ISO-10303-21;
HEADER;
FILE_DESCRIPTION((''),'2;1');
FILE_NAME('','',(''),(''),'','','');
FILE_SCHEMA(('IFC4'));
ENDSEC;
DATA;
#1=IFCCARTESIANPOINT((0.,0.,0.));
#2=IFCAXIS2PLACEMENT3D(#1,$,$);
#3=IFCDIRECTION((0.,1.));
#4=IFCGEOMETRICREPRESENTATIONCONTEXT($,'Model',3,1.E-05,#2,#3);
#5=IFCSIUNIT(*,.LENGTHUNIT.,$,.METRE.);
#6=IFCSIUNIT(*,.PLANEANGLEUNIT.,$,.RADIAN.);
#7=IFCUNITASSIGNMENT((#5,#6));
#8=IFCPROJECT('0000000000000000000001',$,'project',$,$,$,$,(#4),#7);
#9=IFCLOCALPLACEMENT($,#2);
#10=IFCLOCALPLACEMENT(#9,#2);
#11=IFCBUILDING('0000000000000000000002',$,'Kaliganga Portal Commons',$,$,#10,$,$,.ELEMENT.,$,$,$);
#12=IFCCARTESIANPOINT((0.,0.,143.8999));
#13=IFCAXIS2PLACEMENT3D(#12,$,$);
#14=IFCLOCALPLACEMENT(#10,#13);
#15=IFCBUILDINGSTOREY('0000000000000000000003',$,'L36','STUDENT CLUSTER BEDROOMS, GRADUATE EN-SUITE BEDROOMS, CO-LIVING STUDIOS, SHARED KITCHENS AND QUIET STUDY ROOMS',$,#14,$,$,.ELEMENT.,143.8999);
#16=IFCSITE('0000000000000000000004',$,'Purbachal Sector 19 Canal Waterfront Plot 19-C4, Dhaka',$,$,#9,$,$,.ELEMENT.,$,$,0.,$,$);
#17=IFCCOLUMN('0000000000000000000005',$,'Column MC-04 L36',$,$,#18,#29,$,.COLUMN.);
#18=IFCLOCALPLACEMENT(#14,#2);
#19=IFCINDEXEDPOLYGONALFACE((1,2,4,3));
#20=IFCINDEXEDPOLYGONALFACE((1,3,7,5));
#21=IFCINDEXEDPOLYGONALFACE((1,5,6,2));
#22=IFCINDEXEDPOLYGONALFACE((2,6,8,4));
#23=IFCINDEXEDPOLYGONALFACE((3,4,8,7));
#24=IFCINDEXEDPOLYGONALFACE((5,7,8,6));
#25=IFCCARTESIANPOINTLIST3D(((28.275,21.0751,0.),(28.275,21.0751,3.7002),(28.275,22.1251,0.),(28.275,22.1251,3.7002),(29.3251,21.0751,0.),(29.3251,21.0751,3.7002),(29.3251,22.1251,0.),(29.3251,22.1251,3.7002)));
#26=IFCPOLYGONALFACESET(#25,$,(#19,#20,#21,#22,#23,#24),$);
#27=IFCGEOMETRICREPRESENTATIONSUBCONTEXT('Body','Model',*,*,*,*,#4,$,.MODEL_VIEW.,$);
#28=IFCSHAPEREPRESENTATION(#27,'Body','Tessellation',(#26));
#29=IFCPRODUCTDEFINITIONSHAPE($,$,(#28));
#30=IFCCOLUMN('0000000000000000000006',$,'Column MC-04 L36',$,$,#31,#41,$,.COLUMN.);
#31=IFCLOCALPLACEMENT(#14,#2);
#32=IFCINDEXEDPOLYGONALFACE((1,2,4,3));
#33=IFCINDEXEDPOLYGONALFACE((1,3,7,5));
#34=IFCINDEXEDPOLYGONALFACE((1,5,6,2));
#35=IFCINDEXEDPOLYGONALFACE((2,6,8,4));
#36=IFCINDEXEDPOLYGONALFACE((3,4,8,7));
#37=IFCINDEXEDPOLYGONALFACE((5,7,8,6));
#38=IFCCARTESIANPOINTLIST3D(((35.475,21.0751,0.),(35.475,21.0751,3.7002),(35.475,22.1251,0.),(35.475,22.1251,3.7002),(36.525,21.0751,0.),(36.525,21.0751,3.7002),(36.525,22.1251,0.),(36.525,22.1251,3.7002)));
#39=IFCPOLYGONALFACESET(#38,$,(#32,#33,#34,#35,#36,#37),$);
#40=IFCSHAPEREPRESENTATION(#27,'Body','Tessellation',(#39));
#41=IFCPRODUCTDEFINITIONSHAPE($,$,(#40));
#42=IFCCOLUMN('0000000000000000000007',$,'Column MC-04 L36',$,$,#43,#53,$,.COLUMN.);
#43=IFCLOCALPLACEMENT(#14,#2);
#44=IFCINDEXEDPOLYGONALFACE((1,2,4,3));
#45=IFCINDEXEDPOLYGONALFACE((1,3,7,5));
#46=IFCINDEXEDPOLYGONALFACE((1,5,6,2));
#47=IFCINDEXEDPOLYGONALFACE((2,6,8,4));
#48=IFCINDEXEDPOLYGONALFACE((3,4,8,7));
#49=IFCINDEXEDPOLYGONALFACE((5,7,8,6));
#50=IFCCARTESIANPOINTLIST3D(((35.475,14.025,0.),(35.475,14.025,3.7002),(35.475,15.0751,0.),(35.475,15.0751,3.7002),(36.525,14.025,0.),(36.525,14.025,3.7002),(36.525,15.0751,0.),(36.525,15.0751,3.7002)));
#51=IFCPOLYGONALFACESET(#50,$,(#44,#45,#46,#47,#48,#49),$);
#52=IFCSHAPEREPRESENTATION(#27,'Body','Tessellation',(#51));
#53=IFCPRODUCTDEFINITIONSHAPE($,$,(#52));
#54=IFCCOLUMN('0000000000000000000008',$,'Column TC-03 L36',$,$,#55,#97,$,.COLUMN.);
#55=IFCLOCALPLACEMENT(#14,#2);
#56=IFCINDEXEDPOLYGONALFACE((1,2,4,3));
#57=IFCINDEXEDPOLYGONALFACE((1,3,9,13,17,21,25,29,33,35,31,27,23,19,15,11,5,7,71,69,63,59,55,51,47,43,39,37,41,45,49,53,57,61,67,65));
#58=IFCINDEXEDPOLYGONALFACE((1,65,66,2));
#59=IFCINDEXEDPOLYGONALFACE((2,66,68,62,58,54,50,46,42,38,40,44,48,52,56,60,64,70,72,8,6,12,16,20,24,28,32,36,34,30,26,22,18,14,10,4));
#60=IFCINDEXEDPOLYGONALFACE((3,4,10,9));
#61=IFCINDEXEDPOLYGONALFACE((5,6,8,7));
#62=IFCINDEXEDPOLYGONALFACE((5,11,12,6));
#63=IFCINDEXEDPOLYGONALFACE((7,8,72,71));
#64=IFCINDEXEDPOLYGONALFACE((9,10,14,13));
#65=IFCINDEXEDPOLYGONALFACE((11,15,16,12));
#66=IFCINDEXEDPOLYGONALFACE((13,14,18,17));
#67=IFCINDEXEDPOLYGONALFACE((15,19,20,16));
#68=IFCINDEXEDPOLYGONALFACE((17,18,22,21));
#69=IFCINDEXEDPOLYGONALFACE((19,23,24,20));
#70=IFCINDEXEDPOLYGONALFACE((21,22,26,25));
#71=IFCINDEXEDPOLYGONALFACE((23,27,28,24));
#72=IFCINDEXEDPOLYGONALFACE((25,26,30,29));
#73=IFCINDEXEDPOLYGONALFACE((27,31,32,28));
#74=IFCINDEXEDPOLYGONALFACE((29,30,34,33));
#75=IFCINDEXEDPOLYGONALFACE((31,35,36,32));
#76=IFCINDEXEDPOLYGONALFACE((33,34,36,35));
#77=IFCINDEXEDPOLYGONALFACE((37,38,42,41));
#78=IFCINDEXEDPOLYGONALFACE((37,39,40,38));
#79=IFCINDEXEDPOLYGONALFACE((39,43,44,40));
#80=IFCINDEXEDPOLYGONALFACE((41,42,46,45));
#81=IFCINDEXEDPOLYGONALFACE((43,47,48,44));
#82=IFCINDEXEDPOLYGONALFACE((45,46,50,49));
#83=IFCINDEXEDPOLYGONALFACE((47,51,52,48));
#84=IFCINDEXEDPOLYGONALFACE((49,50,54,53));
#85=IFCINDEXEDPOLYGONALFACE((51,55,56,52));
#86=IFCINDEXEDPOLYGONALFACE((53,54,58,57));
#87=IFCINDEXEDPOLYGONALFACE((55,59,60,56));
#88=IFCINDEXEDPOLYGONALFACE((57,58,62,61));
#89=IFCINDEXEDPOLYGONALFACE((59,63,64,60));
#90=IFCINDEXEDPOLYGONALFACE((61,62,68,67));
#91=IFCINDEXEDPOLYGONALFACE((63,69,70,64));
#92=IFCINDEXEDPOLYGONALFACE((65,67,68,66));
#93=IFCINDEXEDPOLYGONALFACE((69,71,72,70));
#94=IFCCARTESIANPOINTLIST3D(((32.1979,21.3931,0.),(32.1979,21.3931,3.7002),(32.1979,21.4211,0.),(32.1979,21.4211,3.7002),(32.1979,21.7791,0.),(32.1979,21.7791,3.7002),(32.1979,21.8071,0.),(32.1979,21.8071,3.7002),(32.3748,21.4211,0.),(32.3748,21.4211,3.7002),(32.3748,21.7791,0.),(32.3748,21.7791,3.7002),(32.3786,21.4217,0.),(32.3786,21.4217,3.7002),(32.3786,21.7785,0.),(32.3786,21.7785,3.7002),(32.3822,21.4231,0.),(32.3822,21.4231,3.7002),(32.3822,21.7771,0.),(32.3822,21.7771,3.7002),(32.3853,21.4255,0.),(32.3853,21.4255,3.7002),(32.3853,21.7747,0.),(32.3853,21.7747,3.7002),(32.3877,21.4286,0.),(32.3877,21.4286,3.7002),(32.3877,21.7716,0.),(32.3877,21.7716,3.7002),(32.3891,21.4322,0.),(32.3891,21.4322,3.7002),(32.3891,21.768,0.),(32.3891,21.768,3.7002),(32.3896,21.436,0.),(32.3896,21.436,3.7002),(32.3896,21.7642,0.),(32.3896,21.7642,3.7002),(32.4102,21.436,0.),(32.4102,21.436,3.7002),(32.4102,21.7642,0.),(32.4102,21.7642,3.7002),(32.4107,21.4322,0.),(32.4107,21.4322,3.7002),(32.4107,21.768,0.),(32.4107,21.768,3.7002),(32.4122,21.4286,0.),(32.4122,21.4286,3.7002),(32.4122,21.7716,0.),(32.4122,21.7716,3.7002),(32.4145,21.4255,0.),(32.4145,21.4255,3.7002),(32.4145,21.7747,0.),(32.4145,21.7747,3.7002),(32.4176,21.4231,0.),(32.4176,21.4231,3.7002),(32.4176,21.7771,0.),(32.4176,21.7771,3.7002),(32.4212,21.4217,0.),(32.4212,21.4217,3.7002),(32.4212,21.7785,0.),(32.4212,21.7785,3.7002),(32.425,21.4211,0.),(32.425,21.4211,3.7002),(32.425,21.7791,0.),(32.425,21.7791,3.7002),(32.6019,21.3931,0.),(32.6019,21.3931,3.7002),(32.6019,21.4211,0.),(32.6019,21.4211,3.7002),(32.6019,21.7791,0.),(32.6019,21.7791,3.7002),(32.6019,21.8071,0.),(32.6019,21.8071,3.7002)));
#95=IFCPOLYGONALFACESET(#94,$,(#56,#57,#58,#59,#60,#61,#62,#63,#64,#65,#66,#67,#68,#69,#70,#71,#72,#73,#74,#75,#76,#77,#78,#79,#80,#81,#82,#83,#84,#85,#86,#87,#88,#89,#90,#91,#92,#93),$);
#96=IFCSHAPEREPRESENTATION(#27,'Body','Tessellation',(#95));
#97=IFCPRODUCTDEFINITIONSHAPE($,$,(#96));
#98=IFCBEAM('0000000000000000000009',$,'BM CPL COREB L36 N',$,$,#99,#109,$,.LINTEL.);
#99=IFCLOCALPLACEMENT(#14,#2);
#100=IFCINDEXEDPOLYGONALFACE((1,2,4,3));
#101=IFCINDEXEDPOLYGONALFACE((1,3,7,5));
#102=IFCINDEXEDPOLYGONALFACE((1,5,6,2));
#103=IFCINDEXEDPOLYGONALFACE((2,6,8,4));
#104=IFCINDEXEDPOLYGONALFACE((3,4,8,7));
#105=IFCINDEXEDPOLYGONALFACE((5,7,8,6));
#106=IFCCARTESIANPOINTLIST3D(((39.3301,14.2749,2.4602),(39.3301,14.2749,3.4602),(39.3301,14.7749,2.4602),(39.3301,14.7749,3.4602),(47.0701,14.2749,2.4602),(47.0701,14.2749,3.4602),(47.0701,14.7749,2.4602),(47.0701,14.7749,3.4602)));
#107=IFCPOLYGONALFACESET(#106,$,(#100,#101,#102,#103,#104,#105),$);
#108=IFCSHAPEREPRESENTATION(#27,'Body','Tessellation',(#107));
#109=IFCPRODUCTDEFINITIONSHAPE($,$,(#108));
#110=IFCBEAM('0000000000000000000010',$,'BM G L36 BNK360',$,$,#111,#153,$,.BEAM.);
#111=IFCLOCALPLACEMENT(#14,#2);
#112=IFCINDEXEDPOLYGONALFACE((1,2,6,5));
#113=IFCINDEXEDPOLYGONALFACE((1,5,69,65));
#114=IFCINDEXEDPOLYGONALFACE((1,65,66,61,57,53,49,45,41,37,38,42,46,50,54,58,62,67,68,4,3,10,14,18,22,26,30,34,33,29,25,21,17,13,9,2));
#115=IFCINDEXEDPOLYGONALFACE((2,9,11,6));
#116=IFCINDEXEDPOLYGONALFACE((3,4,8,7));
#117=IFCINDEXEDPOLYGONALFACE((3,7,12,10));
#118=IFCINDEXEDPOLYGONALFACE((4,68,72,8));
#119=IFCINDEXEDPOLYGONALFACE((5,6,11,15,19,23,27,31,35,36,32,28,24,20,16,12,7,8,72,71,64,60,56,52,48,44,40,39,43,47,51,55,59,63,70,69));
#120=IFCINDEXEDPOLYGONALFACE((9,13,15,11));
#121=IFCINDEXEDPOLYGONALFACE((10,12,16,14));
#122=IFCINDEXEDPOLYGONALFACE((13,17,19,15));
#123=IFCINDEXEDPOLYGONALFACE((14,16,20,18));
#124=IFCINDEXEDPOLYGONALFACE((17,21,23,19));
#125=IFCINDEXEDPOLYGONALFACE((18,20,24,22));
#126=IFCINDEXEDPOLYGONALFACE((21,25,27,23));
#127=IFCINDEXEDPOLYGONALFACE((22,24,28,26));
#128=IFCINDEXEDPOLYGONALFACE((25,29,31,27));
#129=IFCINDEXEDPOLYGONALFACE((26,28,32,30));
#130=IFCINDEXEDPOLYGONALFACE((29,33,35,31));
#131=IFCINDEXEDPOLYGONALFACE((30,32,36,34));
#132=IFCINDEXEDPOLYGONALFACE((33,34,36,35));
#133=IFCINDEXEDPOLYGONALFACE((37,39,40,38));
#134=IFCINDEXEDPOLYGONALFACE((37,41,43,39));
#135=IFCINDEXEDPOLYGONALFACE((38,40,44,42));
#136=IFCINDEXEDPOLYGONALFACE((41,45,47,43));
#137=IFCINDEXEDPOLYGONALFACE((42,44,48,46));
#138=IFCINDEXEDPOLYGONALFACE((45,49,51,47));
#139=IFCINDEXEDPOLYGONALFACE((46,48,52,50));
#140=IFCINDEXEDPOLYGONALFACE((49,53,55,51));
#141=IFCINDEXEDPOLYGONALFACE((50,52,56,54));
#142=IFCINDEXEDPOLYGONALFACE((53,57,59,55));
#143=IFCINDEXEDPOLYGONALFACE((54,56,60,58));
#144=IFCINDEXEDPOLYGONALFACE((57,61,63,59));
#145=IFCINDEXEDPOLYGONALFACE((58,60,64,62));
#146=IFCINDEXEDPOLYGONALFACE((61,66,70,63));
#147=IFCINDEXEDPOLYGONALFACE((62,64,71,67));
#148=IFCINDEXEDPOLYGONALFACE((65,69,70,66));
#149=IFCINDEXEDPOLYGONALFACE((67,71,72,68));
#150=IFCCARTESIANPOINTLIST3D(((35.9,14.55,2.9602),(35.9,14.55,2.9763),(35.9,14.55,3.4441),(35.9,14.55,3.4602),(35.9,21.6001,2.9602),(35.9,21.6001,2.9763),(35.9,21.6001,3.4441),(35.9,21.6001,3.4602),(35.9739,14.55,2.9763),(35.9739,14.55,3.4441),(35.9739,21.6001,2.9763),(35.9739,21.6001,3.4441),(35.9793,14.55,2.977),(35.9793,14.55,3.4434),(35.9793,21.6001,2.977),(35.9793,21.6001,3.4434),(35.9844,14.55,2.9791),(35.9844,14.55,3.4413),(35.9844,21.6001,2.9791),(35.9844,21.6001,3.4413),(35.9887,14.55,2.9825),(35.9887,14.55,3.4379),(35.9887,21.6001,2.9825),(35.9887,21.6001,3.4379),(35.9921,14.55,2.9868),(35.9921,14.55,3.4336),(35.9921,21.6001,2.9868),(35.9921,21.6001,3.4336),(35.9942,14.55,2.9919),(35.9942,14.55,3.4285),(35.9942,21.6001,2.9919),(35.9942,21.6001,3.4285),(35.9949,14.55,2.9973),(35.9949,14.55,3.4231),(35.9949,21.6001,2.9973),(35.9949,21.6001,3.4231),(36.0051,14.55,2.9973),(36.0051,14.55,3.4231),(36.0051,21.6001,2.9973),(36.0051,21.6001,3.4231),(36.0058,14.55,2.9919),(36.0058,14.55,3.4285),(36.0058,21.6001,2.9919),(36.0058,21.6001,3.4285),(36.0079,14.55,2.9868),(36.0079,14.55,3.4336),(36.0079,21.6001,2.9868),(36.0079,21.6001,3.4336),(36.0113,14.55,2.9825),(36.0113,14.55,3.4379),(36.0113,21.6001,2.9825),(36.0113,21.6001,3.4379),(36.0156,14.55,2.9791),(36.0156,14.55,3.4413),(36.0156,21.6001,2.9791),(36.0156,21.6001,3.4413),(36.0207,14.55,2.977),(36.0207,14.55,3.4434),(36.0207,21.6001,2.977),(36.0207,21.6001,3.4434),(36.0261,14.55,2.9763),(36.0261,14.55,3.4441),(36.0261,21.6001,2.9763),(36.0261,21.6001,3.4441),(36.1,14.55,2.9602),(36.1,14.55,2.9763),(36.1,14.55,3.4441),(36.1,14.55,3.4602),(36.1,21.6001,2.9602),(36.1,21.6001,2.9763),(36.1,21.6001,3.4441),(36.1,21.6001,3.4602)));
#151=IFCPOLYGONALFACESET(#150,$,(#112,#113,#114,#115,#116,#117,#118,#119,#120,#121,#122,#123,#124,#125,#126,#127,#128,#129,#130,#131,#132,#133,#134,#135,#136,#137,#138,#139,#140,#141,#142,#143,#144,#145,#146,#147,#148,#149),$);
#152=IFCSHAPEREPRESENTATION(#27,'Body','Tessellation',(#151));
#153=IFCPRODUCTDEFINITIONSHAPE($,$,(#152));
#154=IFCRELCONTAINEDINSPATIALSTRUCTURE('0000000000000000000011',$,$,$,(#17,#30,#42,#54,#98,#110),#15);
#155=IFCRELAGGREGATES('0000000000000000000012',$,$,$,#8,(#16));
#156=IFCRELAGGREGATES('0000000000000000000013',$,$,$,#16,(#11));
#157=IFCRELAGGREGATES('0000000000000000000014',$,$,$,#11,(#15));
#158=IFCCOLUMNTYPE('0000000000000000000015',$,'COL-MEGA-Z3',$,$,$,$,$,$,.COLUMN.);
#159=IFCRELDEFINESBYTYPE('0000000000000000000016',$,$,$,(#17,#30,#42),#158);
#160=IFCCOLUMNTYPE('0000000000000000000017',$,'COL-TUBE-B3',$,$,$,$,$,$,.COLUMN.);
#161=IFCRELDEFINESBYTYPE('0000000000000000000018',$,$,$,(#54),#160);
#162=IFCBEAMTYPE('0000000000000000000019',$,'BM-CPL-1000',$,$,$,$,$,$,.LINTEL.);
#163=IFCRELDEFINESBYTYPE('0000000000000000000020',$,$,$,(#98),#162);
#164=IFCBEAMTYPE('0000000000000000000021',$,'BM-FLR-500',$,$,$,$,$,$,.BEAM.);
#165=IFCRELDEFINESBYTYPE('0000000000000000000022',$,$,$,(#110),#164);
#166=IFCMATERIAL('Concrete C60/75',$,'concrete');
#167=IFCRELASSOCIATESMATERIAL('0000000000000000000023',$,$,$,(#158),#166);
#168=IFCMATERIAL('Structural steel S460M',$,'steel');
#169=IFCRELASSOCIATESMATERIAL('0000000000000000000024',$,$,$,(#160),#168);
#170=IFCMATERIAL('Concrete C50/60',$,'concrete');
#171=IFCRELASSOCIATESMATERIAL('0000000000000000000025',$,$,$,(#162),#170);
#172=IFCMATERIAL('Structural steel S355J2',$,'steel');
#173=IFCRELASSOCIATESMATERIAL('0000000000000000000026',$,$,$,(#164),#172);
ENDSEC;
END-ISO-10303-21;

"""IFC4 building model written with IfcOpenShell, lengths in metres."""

from ifc_helpers import new_model, si_unit, direction, frame, origin, origin_2d, place, context, subcontext, project, spatial, rectangle, i_section, extrude, source, transform, mapped, material, material_profile, profile_set, type_object, element, save


model = new_model("IFC4")

# Units and contexts
model_context = context("Model", 3, precision=1e-05, world=origin(), true_north=direction((0.0, 1.0)))
body_context = subcontext(model_context, "Body", "Model", "MODEL_VIEW")
ifc_project = project(units=[si_unit("LENGTHUNIT", "METRE"), si_unit("PLANEANGLEUNIT", "RADIAN")], contexts=[model_context])

# Site, building, storey
site_placement = place(None, origin())
site = spatial("IfcSite", under=ifc_project, at=site_placement, Name="Purbachal Sector 19 Canal Waterfront Plot 19-C4, Dhaka", CompositionType="ELEMENT", RefElevation=0.0)
building_placement = place(site_placement, origin())
building = spatial("IfcBuilding", under=site, at=building_placement, Name="Kaliganga Portal Commons", CompositionType="ELEMENT")
storey_placement = place(building_placement, frame((0.0, 0.0, 143.8999)))
storey = spatial("IfcBuildingStorey", under=building, at=storey_placement, Name="L36", Description="STUDENT CLUSTER BEDROOMS, GRADUATE EN-SUITE BEDROOMS, CO-LIVING STUDIOS, SHARED KITCHENS AND QUIET STUDY ROOMS", CompositionType="ELEMENT", Elevation=143.8999)

# Columns
ifc_material_1 = material(Name="Concrete C60/75", Category="concrete")
ifc_material_profile_1 = material_profile(ifc_material_1, rectangle(XDim=1.05, YDim=1.05, at=origin_2d()), Name="RC 1050x1050")
ifc_profile_set_1 = profile_set([ifc_material_profile_1], Name="Concrete C60/75")
column_type_1 = type_object("IfcColumnType", Name="COL-MEGA-Z3", PredefinedType="COLUMN", material=ifc_profile_set_1)
shared_shape_1 = source(origin(), body_context, "Body", "SweptSolid", [
    extrude(rectangle(XDim=1.05, YDim=1.05, at=origin_2d()), origin(), (0.0, 0.0, 1.0), 3.7002),
])
for number, where, z_axis, x_axis, name in (
    (1, (28.8, 21.6001, 0.0), (0.0, 0.0, 1.0), (1.0, 0.0, 0.0), "Column MC-04 L36"),
    (2, (36.0, 21.6001, 0.0), (0.0, 0.0, 1.0), (1.0, 0.0, 0.0), "Column MC-04 L36"),
    (3, (36.0, 14.55, 0.0), (0.0, 0.0, 1.0), (1.0, 0.0, 0.0), "Column MC-04 L36"),
):
    element("IfcColumn", number, at=place(storey_placement, frame(where, z_axis=z_axis, x_axis=x_axis)), inside=storey, type_object=column_type_1, Name=name, PredefinedType="COLUMN", context=body_context, shape_type="MappedRepresentation", body=[
        mapped(shared_shape_1, transform((0.0, 0.0, 0.0), x_axis=(1.0, 0.0, 0.0), y_axis=(0.0, 1.0, 0.0), z_axis=(0.0, 0.0, 1.0), scale=1.0)),
    ])
ifc_material_2 = material(Name="Structural steel S460M", Category="steel")
ifc_material_profile_2 = material_profile(ifc_material_2, i_section(OverallWidth=0.4041, OverallDepth=0.4141, WebThickness=0.0205, FlangeThickness=0.0281, FilletRadius=0.0149, at=origin_2d()), Name="HD 400x347")
ifc_profile_set_2 = profile_set([ifc_material_profile_2], Name="Structural steel S460M wide-flange")
column_type_2 = type_object("IfcColumnType", Name="COL-TUBE-B3", PredefinedType="COLUMN", material=ifc_profile_set_2)
shared_shape_2 = source(origin(), body_context, "Body", "SweptSolid", [
    extrude(i_section(OverallWidth=0.4041, OverallDepth=0.4141, WebThickness=0.0205, FlangeThickness=0.0281, FilletRadius=0.0149, at=origin_2d()), origin(), (0.0, 0.0, 1.0), 3.7002),
])
column_placement = place(storey_placement, frame((32.3999, 21.6001, 0.0), z_axis=(0.0, 0.0, 1.0), x_axis=(1.0, 0.0, 0.0)))
element("IfcColumn", 4, at=column_placement, inside=storey, type_object=column_type_2, Name="Column TC-03 L36", PredefinedType="COLUMN", context=body_context, shape_type="MappedRepresentation", body=[
    mapped(shared_shape_2, transform((0.0, 0.0, 0.0), x_axis=(1.0, 0.0, 0.0), y_axis=(0.0, 1.0, 0.0), z_axis=(0.0, 0.0, 1.0), scale=1.0)),
])

# Beams
ifc_material_3 = material(Name="Concrete C50/60", Category="concrete")
ifc_material_profile_3 = material_profile(ifc_material_3, rectangle(XDim=0.5, YDim=1.0, at=origin_2d()), Name="RC 500x1000")
ifc_profile_set_3 = profile_set([ifc_material_profile_3], Name="Concrete C50/60")
beam_type_1 = type_object("IfcBeamType", Name="BM-CPL-1000", PredefinedType="LINTEL", material=ifc_profile_set_3)
shared_shape_3 = source(origin(), body_context, "Body", "SweptSolid", [
    extrude(rectangle(XDim=0.5, YDim=1.0, at=origin_2d()), origin(), (0.0, 0.0, 1.0), 7.74),
])
beam_1_placement = place(storey_placement, frame((39.3301, 14.5249, 2.9602), z_axis=(1.0, 0.0, 0.0), x_axis=(0.0, 1.0, 0.0)))
element("IfcBeam", 5, at=beam_1_placement, inside=storey, type_object=beam_type_1, Name="BM CPL COREB L36 N", PredefinedType="LINTEL", context=body_context, shape_type="MappedRepresentation", body=[
    mapped(shared_shape_3, transform((0.0, 0.0, 0.0), x_axis=(1.0, 0.0, 0.0), y_axis=(0.0, 1.0, 0.0), z_axis=(0.0, 0.0, 1.0), scale=1.0)),
])
ifc_material_4 = material(Name="Structural steel S355J2", Category="steel")
ifc_material_profile_4 = material_profile(ifc_material_4, i_section(OverallWidth=0.2, OverallDepth=0.5, WebThickness=0.0103, FlangeThickness=0.0161, FilletRadius=0.021, at=origin_2d()), Name="IPE 500")
ifc_profile_set_4 = profile_set([ifc_material_profile_4], Name="Structural steel S355J2 wide-flange")
beam_type_2 = type_object("IfcBeamType", Name="BM-FLR-500", PredefinedType="BEAM", material=ifc_profile_set_4)
shared_shape_4 = source(origin(), body_context, "Body", "SweptSolid", [
    extrude(i_section(OverallWidth=0.2, OverallDepth=0.5, WebThickness=0.0103, FlangeThickness=0.0161, FilletRadius=0.021, at=origin_2d()), origin(), (0.0, 0.0, 1.0), 7.05),
])
beam_2_placement = place(storey_placement, frame((36.0, 14.55, 3.2102), z_axis=(0.0, 1.0, 0.0), x_axis=(-1.0, 0.0, 0.0)))
element("IfcBeam", 6, at=beam_2_placement, inside=storey, type_object=beam_type_2, Name="BM G L36 BNK360", PredefinedType="BEAM", context=body_context, shape_type="MappedRepresentation", body=[
    mapped(shared_shape_4, transform((0.0, 0.0, 0.0), x_axis=(1.0, 0.0, 0.0), y_axis=(0.0, 1.0, 0.0), z_axis=(0.0, 0.0, 1.0), scale=1.0)),
])

save(model, "model.ifc")
